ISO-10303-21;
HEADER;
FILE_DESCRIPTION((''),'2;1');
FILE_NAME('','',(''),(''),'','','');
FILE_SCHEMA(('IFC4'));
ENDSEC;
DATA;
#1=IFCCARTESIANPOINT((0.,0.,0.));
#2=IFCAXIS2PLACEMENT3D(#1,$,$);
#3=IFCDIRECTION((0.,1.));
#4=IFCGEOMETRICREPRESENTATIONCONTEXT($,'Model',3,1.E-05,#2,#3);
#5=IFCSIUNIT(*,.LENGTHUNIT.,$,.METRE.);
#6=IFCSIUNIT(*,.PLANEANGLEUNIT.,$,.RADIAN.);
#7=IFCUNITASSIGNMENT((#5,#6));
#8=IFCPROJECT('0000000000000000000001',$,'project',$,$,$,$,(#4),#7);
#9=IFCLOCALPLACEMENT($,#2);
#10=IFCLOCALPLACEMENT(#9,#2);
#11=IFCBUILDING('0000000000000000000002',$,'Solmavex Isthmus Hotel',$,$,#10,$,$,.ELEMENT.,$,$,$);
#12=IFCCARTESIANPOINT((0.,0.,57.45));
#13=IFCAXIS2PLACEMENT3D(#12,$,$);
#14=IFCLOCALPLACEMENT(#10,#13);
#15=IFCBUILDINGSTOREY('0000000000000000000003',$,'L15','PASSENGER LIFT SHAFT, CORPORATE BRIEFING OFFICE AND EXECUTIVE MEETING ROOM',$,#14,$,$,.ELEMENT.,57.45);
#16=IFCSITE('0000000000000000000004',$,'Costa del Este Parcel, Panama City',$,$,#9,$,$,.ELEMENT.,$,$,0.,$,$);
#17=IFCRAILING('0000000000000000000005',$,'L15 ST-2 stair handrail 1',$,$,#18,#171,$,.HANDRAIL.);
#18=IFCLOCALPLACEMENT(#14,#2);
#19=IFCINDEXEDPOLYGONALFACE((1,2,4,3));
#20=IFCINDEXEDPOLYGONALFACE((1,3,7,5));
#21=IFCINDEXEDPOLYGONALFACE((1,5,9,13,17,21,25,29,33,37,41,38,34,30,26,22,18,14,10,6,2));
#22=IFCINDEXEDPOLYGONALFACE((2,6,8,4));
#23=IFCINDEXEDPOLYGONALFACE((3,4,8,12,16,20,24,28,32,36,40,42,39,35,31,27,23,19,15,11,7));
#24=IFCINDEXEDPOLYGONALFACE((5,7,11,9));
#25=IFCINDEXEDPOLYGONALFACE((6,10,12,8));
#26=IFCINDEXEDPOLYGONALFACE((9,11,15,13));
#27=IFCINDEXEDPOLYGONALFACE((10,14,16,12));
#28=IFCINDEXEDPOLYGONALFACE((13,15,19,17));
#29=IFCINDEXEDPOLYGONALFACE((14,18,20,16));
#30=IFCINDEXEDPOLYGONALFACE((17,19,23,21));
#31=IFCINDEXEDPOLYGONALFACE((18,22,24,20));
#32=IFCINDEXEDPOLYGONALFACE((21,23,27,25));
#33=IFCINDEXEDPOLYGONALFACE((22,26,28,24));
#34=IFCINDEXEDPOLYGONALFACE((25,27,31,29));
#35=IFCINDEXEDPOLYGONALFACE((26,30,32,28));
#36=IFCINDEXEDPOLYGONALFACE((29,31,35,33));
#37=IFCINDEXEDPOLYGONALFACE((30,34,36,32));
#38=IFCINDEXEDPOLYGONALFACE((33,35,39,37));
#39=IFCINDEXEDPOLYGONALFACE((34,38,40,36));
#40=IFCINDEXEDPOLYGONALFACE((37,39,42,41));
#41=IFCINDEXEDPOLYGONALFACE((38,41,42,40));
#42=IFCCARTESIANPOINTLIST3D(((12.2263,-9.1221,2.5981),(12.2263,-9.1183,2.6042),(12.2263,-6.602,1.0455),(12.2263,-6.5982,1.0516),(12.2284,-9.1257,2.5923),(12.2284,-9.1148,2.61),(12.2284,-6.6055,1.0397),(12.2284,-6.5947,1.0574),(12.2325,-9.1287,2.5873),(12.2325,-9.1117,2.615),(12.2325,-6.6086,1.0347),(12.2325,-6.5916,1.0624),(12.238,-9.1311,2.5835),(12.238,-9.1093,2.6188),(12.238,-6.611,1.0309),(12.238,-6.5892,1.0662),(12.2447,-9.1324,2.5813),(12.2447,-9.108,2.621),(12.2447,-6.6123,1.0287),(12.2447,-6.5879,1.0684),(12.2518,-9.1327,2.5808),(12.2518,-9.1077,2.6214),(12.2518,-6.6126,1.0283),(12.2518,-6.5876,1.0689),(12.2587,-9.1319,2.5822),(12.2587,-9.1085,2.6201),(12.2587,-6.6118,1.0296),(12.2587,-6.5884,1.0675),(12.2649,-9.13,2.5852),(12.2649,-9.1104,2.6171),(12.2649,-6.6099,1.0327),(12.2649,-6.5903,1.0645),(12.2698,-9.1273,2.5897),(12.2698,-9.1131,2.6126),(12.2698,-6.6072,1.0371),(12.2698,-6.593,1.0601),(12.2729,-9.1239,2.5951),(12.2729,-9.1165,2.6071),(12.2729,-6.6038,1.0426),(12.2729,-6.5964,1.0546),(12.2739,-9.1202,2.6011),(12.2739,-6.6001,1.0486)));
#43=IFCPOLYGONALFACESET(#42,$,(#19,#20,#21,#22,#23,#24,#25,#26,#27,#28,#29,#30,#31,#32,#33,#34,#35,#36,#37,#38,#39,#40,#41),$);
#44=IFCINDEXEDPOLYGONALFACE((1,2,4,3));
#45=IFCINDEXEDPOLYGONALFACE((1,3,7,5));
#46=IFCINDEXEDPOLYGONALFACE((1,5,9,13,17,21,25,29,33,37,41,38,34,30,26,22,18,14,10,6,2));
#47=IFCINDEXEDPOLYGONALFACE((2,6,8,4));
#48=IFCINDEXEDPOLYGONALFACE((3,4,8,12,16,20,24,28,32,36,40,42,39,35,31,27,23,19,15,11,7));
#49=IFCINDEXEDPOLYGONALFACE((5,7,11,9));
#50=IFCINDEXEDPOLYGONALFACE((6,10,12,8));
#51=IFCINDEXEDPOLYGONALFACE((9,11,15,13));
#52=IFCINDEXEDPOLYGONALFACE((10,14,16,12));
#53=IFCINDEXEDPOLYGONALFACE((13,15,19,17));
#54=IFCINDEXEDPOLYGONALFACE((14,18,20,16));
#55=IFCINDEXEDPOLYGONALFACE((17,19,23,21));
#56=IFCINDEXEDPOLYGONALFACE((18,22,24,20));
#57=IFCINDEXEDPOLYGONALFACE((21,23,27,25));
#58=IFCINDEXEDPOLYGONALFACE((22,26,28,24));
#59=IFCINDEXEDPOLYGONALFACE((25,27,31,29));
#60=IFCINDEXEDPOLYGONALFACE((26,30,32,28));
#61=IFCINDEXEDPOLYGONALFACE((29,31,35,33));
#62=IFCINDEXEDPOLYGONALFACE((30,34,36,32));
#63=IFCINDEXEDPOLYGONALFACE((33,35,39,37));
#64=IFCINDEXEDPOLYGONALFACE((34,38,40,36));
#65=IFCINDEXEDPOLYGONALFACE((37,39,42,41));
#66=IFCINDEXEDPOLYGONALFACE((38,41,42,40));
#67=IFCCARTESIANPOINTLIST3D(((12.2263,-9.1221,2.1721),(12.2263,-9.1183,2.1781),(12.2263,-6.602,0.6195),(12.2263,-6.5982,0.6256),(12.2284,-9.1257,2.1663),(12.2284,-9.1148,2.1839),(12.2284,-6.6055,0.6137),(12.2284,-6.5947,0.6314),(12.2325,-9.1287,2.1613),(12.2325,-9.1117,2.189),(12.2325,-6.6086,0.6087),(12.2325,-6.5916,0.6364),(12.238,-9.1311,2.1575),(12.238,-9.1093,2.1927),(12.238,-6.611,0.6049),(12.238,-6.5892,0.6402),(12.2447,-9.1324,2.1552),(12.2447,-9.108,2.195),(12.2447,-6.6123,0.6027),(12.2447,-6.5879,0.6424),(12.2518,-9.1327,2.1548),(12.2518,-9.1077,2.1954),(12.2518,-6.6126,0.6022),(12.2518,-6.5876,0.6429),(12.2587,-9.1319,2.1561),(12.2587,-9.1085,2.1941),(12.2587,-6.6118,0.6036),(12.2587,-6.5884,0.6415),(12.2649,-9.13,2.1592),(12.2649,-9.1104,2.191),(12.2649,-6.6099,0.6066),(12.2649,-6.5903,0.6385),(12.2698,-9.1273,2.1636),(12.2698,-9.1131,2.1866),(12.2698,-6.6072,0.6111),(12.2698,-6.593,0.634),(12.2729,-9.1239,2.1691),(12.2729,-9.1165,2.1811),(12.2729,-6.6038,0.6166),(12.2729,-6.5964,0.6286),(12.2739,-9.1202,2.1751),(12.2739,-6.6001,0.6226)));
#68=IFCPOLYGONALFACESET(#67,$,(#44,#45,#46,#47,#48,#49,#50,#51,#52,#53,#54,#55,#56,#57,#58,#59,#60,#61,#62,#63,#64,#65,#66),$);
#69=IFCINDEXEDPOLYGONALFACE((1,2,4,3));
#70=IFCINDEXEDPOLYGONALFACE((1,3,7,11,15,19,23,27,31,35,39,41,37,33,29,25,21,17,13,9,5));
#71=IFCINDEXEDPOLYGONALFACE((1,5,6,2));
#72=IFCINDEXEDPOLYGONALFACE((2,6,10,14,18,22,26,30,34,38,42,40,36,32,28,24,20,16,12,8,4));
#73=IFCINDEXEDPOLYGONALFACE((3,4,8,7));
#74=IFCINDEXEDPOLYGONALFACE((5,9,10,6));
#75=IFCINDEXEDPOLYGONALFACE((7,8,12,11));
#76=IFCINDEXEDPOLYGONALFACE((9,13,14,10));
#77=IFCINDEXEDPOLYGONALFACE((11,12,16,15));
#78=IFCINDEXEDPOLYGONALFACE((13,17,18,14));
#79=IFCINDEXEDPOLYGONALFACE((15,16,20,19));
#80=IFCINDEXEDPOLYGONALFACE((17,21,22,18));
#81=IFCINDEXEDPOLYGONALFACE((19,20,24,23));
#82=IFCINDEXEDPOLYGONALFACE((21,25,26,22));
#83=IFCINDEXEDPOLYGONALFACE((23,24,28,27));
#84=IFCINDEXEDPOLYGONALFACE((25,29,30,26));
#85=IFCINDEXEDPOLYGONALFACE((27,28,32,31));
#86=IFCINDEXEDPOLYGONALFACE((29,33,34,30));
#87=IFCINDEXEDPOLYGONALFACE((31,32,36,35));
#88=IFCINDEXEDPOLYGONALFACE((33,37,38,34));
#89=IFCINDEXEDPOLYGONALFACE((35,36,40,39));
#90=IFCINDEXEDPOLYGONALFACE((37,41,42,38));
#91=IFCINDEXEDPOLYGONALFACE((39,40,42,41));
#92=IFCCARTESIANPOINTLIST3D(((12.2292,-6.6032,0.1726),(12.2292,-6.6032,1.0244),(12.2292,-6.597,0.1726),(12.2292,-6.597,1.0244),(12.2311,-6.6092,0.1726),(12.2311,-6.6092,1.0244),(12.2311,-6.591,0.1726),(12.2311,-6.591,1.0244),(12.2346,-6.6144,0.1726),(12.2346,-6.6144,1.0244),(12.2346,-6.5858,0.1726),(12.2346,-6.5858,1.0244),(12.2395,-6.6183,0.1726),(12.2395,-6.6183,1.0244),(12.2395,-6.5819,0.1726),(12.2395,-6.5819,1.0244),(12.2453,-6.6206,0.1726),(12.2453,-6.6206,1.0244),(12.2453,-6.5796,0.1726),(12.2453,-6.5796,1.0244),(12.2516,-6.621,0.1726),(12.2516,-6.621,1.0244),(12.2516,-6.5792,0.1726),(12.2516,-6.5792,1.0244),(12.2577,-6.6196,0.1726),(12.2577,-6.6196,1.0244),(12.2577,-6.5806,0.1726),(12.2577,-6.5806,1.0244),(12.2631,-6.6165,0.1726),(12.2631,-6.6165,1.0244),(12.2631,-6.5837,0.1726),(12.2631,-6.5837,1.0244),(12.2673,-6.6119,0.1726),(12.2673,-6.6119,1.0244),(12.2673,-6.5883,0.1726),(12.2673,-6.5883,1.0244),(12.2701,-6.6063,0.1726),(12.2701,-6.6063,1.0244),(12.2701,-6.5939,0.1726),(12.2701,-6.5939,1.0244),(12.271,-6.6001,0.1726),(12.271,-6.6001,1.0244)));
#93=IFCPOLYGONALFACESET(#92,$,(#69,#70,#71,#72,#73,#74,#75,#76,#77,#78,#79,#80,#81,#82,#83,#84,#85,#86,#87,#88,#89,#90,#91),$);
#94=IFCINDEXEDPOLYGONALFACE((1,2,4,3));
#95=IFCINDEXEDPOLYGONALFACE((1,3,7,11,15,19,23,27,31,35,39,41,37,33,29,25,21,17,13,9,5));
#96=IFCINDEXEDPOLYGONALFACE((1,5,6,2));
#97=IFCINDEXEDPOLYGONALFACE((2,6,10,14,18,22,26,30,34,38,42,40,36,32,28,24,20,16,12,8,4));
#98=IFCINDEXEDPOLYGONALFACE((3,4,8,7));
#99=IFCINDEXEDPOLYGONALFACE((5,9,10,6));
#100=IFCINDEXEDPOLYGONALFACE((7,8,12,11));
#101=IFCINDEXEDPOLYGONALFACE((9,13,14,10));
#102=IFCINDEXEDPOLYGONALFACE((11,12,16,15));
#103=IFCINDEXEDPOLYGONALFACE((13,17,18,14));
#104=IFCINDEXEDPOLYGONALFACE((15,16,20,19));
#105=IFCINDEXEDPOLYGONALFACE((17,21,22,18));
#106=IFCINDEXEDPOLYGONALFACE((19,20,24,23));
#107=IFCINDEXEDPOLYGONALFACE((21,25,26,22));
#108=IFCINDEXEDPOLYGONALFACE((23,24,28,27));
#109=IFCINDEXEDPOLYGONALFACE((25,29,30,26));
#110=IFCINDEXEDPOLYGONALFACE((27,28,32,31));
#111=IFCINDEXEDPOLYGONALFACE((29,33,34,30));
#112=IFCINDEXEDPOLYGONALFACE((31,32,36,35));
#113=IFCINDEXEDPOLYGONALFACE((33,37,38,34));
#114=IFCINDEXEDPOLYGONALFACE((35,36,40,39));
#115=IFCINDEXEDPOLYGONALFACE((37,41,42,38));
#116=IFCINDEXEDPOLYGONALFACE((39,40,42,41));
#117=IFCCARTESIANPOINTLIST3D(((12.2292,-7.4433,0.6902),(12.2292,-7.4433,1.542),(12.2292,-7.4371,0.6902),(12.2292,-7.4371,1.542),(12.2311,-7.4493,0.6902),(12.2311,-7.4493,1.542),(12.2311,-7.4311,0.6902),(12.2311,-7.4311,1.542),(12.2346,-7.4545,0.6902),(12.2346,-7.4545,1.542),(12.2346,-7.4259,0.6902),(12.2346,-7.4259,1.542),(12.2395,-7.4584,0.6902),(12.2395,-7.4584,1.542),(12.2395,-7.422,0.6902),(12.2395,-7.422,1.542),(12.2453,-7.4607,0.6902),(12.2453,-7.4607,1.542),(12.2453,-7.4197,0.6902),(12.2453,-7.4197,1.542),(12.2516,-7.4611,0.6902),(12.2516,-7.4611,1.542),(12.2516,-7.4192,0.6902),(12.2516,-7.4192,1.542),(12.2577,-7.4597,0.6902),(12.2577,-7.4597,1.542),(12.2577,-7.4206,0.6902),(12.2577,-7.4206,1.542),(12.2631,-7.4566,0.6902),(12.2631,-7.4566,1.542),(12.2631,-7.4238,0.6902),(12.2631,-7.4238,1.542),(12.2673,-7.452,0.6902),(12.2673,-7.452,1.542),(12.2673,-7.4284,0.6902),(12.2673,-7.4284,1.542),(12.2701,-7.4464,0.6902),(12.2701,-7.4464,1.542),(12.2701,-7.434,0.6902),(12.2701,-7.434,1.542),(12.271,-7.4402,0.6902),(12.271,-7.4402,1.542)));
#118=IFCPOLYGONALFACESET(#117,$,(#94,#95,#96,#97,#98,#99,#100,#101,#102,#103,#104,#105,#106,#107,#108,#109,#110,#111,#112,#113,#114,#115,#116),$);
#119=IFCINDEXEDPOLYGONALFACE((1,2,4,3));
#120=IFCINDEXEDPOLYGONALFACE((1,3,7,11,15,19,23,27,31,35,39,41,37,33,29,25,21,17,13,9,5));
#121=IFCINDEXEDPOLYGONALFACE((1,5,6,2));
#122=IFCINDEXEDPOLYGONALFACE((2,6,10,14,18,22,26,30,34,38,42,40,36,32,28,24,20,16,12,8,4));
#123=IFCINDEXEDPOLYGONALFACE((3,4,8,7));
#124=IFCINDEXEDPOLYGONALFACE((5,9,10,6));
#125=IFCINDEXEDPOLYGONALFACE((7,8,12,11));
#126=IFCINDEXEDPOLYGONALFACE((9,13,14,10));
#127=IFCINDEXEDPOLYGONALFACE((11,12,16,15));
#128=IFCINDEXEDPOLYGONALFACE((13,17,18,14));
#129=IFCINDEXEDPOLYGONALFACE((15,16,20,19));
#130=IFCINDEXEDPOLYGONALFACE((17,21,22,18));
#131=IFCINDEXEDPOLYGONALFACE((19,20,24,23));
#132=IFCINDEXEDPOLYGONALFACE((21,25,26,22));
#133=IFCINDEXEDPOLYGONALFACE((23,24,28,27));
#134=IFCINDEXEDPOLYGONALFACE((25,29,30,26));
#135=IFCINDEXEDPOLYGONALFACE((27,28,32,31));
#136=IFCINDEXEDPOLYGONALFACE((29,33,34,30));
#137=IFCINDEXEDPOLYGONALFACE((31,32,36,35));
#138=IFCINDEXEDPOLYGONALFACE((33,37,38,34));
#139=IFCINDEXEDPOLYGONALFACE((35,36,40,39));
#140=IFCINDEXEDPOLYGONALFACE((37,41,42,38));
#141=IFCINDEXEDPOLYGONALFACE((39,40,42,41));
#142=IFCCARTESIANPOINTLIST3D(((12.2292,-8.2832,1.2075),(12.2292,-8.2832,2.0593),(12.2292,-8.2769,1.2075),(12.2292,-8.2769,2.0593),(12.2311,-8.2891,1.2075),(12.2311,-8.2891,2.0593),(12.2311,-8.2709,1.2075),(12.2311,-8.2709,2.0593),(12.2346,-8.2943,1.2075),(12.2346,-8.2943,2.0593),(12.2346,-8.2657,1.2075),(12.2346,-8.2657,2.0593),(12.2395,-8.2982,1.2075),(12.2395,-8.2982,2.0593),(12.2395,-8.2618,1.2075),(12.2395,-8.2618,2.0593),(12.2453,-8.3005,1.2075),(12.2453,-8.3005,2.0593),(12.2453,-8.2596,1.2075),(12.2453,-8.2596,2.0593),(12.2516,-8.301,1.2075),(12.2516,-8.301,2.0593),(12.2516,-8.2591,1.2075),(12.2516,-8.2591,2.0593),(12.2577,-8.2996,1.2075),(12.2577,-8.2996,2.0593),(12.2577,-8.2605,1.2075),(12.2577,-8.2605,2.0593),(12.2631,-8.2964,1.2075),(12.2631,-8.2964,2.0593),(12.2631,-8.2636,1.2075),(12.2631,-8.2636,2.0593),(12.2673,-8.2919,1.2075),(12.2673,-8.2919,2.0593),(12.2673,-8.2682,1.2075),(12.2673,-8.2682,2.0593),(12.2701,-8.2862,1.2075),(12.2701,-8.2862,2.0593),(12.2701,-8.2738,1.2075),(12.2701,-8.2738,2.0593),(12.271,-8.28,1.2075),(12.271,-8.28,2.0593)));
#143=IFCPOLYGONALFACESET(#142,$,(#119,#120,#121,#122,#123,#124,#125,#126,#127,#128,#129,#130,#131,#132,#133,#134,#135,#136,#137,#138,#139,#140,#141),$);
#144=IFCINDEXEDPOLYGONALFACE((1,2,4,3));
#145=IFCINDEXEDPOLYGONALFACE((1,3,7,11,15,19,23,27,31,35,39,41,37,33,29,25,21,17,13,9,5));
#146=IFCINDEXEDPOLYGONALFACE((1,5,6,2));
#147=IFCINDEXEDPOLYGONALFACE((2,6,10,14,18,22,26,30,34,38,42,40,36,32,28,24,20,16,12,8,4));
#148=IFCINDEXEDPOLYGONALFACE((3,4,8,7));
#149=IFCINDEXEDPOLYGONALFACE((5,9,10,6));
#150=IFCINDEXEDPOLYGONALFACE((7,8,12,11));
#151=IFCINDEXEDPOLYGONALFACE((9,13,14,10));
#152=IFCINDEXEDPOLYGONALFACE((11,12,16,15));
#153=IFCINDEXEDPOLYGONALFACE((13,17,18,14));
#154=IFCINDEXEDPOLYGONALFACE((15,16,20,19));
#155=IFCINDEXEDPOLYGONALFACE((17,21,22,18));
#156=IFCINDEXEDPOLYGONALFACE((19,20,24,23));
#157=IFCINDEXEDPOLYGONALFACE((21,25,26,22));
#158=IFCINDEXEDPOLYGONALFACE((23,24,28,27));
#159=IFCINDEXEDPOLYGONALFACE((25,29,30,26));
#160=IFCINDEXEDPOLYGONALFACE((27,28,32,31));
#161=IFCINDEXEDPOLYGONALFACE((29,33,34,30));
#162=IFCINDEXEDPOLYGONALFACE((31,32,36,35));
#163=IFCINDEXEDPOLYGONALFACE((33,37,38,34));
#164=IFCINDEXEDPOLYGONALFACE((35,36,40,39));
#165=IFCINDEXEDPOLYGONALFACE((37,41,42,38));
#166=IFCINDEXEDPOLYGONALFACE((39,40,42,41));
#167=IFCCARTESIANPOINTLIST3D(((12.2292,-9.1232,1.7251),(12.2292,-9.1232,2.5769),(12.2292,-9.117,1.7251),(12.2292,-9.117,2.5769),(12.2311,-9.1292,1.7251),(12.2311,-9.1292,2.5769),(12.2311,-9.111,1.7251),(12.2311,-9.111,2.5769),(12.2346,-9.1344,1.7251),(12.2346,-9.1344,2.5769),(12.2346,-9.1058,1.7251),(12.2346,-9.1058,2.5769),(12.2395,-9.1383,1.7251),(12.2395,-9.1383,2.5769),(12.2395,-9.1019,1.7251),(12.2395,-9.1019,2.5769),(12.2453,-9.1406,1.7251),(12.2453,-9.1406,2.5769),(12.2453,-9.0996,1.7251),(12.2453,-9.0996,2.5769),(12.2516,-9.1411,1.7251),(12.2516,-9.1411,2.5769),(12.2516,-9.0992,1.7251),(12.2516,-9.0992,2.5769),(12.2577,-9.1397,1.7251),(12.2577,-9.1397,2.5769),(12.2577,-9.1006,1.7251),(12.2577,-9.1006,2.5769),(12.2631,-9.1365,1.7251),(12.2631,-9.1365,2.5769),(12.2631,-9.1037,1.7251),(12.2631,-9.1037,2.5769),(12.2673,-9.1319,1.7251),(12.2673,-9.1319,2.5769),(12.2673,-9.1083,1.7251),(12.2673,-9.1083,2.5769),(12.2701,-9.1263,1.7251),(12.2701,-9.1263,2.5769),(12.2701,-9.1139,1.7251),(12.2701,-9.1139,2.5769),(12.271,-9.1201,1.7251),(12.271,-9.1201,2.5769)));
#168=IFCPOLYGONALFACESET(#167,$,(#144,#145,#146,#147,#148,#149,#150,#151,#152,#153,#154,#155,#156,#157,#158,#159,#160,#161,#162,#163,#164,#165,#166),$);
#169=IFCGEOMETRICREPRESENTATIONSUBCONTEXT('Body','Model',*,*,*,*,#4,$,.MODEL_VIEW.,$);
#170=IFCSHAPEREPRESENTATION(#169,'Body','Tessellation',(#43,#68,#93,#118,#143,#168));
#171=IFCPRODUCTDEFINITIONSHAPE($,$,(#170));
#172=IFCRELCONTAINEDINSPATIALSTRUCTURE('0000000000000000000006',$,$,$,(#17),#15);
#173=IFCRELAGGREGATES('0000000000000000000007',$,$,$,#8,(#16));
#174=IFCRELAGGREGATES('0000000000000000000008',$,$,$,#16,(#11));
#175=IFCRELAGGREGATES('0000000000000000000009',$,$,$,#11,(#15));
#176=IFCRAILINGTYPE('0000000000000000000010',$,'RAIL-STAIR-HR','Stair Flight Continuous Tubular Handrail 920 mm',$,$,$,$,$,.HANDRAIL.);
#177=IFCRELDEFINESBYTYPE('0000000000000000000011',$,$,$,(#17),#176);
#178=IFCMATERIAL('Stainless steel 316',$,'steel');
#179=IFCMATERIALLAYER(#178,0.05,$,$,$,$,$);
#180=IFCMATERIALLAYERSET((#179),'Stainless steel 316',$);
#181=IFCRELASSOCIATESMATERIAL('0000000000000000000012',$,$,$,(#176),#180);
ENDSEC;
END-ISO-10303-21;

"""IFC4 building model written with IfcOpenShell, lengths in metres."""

from ifc_helpers import new_model, si_unit, direction, frame, origin, origin_2d, place, context, subcontext, project, spatial, circle, extrude, material, layer, layer_set, type_object, element, save


model = new_model("IFC4")

# Units and contexts
model_context = context("Model", 3, precision=1e-05, world=origin(), true_north=direction((0.0, 1.0)))
body_context = subcontext(model_context, "Body", "Model", "MODEL_VIEW")
ifc_project = project(units=[si_unit("LENGTHUNIT", "METRE"), si_unit("PLANEANGLEUNIT", "RADIAN")], contexts=[model_context])

# Site, building, storey
site_placement = place(None, origin())
site = spatial("IfcSite", under=ifc_project, at=site_placement, Name="Costa del Este Parcel, Panama City", CompositionType="ELEMENT", RefElevation=0.0)
building_placement = place(site_placement, origin())
building = spatial("IfcBuilding", under=site, at=building_placement, Name="Solmavex Isthmus Hotel", CompositionType="ELEMENT")
storey_placement = place(building_placement, frame((0.0, 0.0, 57.45)))
storey = spatial("IfcBuildingStorey", under=building, at=storey_placement, Name="L15", Description="PASSENGER LIFT SHAFT, CORPORATE BRIEFING OFFICE AND EXECUTIVE MEETING ROOM", CompositionType="ELEMENT", Elevation=57.45)

# Railing
ifc_material_1 = material(Name="Stainless steel 316", Category="steel")
ifc_layer_1 = layer(ifc_material_1, 0.05)
ifc_layer_set_1 = layer_set([ifc_layer_1], Name="Stainless steel 316")
railing_type_1 = type_object("IfcRailingType", Name="RAIL-STAIR-HR", Description="Stair Flight Continuous Tubular Handrail 920 mm", PredefinedType="HANDRAIL", material=ifc_layer_set_1)
railing_1_placement = place(storey_placement, frame((12.25, -6.6001, 0.1726)))
element("IfcRailing", 1, at=railing_1_placement, inside=storey, type_object=railing_type_1, Name="L15 ST-2 stair handrail 1", PredefinedType="HANDRAIL", context=body_context, shape_type="SweptSolid", body=[
    extrude(circle(Radius=0.0239, at=origin_2d()), frame((0.0, 0.0, 0.876), z_axis=(0.0, -0.8514, 0.524516), x_axis=(1.0, 0.0, 0.0)), (0.0, 0.0, 1.0), 2.96),
    extrude(circle(Radius=0.0239, at=origin_2d()), frame((0.0, 0.0, 0.45), z_axis=(0.0, -0.8514, 0.524516), x_axis=(1.0, 0.0, 0.0)), (0.0, 0.0, 1.0), 2.96),
    extrude(circle(Radius=0.021, at=origin_2d()), origin(), (0.0, 0.0, 1.0), 0.8518),
    extrude(circle(Radius=0.021, at=origin_2d()), frame((0.0, -0.8401, 0.5176)), (0.0, 0.0, 1.0), 0.8518),
    extrude(circle(Radius=0.021, at=origin_2d()), frame((0.0, -1.6799, 1.0349)), (0.0, 0.0, 1.0), 0.8518),
    extrude(circle(Radius=0.021, at=origin_2d()), frame((0.0, -2.52, 1.5525)), (0.0, 0.0, 1.0), 0.8518),
])

save(model, "model.ifc")
